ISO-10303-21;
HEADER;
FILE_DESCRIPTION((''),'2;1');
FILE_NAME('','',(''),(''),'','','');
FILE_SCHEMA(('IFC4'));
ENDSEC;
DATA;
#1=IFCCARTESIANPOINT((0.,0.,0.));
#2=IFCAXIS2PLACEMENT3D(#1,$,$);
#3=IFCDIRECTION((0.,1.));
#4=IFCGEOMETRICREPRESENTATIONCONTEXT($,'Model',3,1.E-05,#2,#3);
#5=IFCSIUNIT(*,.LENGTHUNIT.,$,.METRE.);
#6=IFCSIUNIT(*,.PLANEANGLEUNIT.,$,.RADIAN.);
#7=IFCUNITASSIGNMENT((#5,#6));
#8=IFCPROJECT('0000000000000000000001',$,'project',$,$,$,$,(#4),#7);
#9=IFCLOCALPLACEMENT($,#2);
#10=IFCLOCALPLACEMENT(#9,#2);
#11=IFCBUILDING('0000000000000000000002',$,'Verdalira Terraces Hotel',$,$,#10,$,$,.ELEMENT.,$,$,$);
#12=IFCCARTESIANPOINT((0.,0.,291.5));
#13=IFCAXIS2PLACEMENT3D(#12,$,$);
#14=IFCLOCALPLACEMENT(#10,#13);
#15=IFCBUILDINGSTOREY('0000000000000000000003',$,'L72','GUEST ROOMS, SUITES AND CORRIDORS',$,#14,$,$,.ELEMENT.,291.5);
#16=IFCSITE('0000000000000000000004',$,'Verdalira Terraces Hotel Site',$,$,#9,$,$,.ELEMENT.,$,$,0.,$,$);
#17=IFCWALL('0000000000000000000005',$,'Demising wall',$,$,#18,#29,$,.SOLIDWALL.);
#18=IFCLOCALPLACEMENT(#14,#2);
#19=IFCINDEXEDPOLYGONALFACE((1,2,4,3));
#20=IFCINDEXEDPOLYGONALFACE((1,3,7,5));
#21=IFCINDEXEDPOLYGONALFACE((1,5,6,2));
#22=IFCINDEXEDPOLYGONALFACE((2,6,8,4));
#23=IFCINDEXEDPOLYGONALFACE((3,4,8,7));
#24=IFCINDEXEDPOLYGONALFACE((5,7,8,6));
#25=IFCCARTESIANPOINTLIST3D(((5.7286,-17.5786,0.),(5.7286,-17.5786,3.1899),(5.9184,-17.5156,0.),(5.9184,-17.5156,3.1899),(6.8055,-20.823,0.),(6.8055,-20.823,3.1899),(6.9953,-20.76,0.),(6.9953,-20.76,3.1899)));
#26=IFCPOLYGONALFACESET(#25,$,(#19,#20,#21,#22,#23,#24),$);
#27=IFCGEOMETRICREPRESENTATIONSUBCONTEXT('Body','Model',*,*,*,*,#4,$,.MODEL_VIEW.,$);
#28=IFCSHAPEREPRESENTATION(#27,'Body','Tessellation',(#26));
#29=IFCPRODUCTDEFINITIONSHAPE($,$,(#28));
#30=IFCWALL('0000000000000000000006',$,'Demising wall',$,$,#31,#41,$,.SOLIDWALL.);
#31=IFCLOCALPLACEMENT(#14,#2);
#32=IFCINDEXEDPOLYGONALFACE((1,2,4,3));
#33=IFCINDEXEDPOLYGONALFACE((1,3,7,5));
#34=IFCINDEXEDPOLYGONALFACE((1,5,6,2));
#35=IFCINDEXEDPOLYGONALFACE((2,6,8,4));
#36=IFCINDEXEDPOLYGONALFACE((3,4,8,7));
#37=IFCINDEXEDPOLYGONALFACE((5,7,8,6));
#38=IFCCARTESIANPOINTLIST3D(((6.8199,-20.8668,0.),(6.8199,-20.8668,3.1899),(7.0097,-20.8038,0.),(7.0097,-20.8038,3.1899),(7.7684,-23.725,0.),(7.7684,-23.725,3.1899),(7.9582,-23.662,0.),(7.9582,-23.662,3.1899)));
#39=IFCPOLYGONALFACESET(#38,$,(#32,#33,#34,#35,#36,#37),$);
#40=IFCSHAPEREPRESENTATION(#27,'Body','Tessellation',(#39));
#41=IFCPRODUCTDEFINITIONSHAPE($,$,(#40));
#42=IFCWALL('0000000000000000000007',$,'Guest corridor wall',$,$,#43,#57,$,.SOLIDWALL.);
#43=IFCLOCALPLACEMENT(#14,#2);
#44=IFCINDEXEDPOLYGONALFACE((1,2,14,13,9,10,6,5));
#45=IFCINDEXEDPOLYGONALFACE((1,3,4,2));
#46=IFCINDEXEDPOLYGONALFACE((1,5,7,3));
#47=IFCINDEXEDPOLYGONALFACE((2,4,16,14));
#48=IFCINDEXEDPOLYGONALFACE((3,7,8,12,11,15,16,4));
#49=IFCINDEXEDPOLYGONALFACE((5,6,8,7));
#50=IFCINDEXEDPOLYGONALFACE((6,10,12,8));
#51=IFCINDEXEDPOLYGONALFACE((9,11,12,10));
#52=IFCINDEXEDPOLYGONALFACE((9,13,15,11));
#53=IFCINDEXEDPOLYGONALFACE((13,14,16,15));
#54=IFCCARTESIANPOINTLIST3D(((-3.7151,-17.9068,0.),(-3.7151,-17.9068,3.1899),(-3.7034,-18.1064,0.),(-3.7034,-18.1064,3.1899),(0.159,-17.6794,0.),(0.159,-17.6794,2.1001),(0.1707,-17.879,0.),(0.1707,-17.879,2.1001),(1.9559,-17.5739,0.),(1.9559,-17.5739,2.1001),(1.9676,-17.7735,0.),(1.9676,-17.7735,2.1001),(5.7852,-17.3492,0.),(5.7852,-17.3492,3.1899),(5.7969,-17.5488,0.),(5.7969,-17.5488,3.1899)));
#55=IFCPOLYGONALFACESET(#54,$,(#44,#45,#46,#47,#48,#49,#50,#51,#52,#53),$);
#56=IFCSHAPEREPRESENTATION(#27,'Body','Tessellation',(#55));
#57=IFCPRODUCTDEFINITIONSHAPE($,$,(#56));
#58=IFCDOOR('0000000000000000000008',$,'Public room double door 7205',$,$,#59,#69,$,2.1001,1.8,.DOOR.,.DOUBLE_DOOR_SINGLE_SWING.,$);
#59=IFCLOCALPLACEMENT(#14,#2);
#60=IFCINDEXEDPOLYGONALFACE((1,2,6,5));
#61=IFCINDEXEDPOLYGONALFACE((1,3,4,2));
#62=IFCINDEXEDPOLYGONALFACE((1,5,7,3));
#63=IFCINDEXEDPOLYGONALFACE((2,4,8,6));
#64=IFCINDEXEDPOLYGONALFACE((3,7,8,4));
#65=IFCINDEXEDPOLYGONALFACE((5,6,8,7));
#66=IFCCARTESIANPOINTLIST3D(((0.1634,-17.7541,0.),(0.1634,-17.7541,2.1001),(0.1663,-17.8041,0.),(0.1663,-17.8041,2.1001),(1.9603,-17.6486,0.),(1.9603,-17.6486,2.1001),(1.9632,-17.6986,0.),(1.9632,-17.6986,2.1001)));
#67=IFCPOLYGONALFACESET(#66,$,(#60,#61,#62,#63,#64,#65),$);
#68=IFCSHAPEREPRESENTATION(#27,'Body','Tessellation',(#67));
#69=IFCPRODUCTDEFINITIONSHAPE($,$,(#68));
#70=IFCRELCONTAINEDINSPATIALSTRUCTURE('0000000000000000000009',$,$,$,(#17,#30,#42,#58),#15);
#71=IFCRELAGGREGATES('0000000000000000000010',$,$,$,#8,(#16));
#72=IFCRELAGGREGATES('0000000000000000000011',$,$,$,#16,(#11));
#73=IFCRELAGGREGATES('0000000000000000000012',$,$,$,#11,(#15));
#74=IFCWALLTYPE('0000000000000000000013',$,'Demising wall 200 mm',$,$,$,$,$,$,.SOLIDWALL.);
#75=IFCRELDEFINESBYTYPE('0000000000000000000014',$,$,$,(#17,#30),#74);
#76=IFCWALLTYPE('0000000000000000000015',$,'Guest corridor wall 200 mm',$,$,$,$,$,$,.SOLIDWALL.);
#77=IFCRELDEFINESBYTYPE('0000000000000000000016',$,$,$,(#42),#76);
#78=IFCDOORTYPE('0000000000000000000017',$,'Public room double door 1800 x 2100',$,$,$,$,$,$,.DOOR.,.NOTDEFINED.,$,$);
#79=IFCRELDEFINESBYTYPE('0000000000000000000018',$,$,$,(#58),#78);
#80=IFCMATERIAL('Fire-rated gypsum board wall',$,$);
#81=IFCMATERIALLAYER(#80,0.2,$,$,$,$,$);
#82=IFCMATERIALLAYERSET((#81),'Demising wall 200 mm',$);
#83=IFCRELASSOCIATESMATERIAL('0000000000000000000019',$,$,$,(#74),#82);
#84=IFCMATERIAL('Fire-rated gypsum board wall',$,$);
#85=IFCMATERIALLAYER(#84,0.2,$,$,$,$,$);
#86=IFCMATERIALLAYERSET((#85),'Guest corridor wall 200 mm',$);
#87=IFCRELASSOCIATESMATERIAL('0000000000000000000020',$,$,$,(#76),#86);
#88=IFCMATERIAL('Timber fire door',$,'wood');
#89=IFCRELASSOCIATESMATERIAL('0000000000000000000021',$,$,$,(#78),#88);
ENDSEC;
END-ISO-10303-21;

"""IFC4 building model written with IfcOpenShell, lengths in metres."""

from ifc_helpers import new_model, si_unit, direction, frame, frame_2d, origin, place, context, subcontext, project, spatial, rectangle, extrude, material, layer, layer_set, type_object, element, fill, save


model = new_model("IFC4")

# Units and contexts
model_context = context("Model", 3, precision=1e-05, world=origin(), true_north=direction((0.0, 1.0)))
body_context = subcontext(model_context, "Body", "Model", "MODEL_VIEW")
ifc_project = project(units=[si_unit("LENGTHUNIT", "METRE"), si_unit("PLANEANGLEUNIT", "RADIAN")], contexts=[model_context])

# Site, building, storey
site_placement = place(None, origin())
site = spatial("IfcSite", under=ifc_project, at=site_placement, Name="Verdalira Terraces Hotel Site", CompositionType="ELEMENT", RefElevation=0.0)
building_placement = place(site_placement, origin())
building = spatial("IfcBuilding", under=site, at=building_placement, Name="Verdalira Terraces Hotel", CompositionType="ELEMENT")
storey_placement = place(building_placement, frame((0.0, 0.0, 291.5)))
storey = spatial("IfcBuildingStorey", under=building, at=storey_placement, Name="L72", Description="GUEST ROOMS, SUITES AND CORRIDORS", CompositionType="ELEMENT", Elevation=291.5)

# Shared definitions
ifc_material_1 = material(Name="Fire-rated gypsum board wall")
ifc_layer_1 = layer(ifc_material_1, 0.2)
ifc_layer_set_1 = layer_set([ifc_layer_1], Name="Demising wall 200 mm")
wall_type_1 = type_object("IfcWallType", Name="Demising wall 200 mm", PredefinedType="SOLIDWALL", material=ifc_layer_set_1)

# Walls
wall_1_placement = place(storey_placement, frame((5.8235, -17.5471, 0.0), z_axis=(0.0, 0.0, 1.0), x_axis=(0.315028, -0.949082, 0.0)))
element("IfcWall", 1, at=wall_1_placement, inside=storey, type_object=wall_type_1, Name="Demising wall", PredefinedType="SOLIDWALL", context=body_context, shape_type="SweptSolid", body=[
    extrude(rectangle(XDim=3.4185, YDim=0.2, at=frame_2d((1.7092, 0.0))), origin(), (0.0, 0.0, 1.0), 3.1899),
])
wall_2_placement = place(storey_placement, frame((6.9148, -20.8352, 0.0), z_axis=(0.0, 0.0, 1.0), x_axis=(0.314963, -0.949104, 0.0)))
element("IfcWall", 2, at=wall_2_placement, inside=storey, type_object=wall_type_1, Name="Demising wall", PredefinedType="SOLIDWALL", context=body_context, shape_type="SweptSolid", body=[
    extrude(rectangle(XDim=3.0115, YDim=0.2, at=frame_2d((1.5059, 0.0))), origin(), (0.0, 0.0, 1.0), 3.1899),
])

# Wall, opening, door
ifc_material_2 = material(Name="Fire-rated gypsum board wall")
ifc_layer_2 = layer(ifc_material_2, 0.2)
ifc_layer_set_2 = layer_set([ifc_layer_2], Name="Guest corridor wall 200 mm")
wall_type_2 = type_object("IfcWallType", Name="Guest corridor wall 200 mm", PredefinedType="SOLIDWALL", material=ifc_layer_set_2)
wall_3_placement = place(storey_placement, frame((5.791, -17.449, 0.0), z_axis=(0.0, 0.0, 1.0), x_axis=(-0.998282, -0.058594, 0.0)))
wall_3 = element("IfcWall", 3, at=wall_3_placement, inside=storey, type_object=wall_type_2, Name="Guest corridor wall", PredefinedType="SOLIDWALL", context=body_context, shape_type="SweptSolid", body=[
    extrude(rectangle(XDim=9.5166, YDim=0.2, at=frame_2d((4.7583, 0.0))), origin(), (0.0, 0.0, 1.0), 3.1899),
])
opening_1_placement = place(wall_3_placement, frame((3.8359, 0.0, 0.0)))
opening_1 = element("IfcOpeningElement", 4, at=opening_1_placement, cuts=wall_3, PredefinedType="OPENING", context=body_context, shape_type="SweptSolid", body=[
    extrude(rectangle(XDim=1.8, YDim=2.1001, at=frame_2d((0.8999, 1.05))), frame((0.0, 0.1099, 0.0), z_axis=(0.0, -1.0, 0.0), x_axis=(1.0, 0.0, 0.0)), (0.0, 0.0, 1.0), 0.22),
])
ifc_material_3 = material(Name="Timber fire door", Category="wood")
door_type_1 = type_object("IfcDoorType", Name="Public room double door 1800 x 2100", OperationType="NOTDEFINED", PredefinedType="DOOR", material=ifc_material_3)
door_1_placement = place(opening_1_placement, origin())
door_1 = element("IfcDoor", 5, at=door_1_placement, inside=storey, type_object=door_type_1, Name="Public room double door 7205", OperationType="DOUBLE_DOOR_SINGLE_SWING", OverallHeight=2.1001, OverallWidth=1.8, PredefinedType="DOOR", context=body_context, shape_type="SweptSolid", body=[
    extrude(rectangle(XDim=1.8, YDim=2.1001, at=frame_2d((0.8999, 1.05))), frame((0.0, 0.0249, 0.0), z_axis=(0.0, -1.0, 0.0), x_axis=(1.0, 0.0, 0.0)), (0.0, 0.0, 1.0), 0.05),
])
fill(opening_1, door_1)

save(model, "model.ifc")
